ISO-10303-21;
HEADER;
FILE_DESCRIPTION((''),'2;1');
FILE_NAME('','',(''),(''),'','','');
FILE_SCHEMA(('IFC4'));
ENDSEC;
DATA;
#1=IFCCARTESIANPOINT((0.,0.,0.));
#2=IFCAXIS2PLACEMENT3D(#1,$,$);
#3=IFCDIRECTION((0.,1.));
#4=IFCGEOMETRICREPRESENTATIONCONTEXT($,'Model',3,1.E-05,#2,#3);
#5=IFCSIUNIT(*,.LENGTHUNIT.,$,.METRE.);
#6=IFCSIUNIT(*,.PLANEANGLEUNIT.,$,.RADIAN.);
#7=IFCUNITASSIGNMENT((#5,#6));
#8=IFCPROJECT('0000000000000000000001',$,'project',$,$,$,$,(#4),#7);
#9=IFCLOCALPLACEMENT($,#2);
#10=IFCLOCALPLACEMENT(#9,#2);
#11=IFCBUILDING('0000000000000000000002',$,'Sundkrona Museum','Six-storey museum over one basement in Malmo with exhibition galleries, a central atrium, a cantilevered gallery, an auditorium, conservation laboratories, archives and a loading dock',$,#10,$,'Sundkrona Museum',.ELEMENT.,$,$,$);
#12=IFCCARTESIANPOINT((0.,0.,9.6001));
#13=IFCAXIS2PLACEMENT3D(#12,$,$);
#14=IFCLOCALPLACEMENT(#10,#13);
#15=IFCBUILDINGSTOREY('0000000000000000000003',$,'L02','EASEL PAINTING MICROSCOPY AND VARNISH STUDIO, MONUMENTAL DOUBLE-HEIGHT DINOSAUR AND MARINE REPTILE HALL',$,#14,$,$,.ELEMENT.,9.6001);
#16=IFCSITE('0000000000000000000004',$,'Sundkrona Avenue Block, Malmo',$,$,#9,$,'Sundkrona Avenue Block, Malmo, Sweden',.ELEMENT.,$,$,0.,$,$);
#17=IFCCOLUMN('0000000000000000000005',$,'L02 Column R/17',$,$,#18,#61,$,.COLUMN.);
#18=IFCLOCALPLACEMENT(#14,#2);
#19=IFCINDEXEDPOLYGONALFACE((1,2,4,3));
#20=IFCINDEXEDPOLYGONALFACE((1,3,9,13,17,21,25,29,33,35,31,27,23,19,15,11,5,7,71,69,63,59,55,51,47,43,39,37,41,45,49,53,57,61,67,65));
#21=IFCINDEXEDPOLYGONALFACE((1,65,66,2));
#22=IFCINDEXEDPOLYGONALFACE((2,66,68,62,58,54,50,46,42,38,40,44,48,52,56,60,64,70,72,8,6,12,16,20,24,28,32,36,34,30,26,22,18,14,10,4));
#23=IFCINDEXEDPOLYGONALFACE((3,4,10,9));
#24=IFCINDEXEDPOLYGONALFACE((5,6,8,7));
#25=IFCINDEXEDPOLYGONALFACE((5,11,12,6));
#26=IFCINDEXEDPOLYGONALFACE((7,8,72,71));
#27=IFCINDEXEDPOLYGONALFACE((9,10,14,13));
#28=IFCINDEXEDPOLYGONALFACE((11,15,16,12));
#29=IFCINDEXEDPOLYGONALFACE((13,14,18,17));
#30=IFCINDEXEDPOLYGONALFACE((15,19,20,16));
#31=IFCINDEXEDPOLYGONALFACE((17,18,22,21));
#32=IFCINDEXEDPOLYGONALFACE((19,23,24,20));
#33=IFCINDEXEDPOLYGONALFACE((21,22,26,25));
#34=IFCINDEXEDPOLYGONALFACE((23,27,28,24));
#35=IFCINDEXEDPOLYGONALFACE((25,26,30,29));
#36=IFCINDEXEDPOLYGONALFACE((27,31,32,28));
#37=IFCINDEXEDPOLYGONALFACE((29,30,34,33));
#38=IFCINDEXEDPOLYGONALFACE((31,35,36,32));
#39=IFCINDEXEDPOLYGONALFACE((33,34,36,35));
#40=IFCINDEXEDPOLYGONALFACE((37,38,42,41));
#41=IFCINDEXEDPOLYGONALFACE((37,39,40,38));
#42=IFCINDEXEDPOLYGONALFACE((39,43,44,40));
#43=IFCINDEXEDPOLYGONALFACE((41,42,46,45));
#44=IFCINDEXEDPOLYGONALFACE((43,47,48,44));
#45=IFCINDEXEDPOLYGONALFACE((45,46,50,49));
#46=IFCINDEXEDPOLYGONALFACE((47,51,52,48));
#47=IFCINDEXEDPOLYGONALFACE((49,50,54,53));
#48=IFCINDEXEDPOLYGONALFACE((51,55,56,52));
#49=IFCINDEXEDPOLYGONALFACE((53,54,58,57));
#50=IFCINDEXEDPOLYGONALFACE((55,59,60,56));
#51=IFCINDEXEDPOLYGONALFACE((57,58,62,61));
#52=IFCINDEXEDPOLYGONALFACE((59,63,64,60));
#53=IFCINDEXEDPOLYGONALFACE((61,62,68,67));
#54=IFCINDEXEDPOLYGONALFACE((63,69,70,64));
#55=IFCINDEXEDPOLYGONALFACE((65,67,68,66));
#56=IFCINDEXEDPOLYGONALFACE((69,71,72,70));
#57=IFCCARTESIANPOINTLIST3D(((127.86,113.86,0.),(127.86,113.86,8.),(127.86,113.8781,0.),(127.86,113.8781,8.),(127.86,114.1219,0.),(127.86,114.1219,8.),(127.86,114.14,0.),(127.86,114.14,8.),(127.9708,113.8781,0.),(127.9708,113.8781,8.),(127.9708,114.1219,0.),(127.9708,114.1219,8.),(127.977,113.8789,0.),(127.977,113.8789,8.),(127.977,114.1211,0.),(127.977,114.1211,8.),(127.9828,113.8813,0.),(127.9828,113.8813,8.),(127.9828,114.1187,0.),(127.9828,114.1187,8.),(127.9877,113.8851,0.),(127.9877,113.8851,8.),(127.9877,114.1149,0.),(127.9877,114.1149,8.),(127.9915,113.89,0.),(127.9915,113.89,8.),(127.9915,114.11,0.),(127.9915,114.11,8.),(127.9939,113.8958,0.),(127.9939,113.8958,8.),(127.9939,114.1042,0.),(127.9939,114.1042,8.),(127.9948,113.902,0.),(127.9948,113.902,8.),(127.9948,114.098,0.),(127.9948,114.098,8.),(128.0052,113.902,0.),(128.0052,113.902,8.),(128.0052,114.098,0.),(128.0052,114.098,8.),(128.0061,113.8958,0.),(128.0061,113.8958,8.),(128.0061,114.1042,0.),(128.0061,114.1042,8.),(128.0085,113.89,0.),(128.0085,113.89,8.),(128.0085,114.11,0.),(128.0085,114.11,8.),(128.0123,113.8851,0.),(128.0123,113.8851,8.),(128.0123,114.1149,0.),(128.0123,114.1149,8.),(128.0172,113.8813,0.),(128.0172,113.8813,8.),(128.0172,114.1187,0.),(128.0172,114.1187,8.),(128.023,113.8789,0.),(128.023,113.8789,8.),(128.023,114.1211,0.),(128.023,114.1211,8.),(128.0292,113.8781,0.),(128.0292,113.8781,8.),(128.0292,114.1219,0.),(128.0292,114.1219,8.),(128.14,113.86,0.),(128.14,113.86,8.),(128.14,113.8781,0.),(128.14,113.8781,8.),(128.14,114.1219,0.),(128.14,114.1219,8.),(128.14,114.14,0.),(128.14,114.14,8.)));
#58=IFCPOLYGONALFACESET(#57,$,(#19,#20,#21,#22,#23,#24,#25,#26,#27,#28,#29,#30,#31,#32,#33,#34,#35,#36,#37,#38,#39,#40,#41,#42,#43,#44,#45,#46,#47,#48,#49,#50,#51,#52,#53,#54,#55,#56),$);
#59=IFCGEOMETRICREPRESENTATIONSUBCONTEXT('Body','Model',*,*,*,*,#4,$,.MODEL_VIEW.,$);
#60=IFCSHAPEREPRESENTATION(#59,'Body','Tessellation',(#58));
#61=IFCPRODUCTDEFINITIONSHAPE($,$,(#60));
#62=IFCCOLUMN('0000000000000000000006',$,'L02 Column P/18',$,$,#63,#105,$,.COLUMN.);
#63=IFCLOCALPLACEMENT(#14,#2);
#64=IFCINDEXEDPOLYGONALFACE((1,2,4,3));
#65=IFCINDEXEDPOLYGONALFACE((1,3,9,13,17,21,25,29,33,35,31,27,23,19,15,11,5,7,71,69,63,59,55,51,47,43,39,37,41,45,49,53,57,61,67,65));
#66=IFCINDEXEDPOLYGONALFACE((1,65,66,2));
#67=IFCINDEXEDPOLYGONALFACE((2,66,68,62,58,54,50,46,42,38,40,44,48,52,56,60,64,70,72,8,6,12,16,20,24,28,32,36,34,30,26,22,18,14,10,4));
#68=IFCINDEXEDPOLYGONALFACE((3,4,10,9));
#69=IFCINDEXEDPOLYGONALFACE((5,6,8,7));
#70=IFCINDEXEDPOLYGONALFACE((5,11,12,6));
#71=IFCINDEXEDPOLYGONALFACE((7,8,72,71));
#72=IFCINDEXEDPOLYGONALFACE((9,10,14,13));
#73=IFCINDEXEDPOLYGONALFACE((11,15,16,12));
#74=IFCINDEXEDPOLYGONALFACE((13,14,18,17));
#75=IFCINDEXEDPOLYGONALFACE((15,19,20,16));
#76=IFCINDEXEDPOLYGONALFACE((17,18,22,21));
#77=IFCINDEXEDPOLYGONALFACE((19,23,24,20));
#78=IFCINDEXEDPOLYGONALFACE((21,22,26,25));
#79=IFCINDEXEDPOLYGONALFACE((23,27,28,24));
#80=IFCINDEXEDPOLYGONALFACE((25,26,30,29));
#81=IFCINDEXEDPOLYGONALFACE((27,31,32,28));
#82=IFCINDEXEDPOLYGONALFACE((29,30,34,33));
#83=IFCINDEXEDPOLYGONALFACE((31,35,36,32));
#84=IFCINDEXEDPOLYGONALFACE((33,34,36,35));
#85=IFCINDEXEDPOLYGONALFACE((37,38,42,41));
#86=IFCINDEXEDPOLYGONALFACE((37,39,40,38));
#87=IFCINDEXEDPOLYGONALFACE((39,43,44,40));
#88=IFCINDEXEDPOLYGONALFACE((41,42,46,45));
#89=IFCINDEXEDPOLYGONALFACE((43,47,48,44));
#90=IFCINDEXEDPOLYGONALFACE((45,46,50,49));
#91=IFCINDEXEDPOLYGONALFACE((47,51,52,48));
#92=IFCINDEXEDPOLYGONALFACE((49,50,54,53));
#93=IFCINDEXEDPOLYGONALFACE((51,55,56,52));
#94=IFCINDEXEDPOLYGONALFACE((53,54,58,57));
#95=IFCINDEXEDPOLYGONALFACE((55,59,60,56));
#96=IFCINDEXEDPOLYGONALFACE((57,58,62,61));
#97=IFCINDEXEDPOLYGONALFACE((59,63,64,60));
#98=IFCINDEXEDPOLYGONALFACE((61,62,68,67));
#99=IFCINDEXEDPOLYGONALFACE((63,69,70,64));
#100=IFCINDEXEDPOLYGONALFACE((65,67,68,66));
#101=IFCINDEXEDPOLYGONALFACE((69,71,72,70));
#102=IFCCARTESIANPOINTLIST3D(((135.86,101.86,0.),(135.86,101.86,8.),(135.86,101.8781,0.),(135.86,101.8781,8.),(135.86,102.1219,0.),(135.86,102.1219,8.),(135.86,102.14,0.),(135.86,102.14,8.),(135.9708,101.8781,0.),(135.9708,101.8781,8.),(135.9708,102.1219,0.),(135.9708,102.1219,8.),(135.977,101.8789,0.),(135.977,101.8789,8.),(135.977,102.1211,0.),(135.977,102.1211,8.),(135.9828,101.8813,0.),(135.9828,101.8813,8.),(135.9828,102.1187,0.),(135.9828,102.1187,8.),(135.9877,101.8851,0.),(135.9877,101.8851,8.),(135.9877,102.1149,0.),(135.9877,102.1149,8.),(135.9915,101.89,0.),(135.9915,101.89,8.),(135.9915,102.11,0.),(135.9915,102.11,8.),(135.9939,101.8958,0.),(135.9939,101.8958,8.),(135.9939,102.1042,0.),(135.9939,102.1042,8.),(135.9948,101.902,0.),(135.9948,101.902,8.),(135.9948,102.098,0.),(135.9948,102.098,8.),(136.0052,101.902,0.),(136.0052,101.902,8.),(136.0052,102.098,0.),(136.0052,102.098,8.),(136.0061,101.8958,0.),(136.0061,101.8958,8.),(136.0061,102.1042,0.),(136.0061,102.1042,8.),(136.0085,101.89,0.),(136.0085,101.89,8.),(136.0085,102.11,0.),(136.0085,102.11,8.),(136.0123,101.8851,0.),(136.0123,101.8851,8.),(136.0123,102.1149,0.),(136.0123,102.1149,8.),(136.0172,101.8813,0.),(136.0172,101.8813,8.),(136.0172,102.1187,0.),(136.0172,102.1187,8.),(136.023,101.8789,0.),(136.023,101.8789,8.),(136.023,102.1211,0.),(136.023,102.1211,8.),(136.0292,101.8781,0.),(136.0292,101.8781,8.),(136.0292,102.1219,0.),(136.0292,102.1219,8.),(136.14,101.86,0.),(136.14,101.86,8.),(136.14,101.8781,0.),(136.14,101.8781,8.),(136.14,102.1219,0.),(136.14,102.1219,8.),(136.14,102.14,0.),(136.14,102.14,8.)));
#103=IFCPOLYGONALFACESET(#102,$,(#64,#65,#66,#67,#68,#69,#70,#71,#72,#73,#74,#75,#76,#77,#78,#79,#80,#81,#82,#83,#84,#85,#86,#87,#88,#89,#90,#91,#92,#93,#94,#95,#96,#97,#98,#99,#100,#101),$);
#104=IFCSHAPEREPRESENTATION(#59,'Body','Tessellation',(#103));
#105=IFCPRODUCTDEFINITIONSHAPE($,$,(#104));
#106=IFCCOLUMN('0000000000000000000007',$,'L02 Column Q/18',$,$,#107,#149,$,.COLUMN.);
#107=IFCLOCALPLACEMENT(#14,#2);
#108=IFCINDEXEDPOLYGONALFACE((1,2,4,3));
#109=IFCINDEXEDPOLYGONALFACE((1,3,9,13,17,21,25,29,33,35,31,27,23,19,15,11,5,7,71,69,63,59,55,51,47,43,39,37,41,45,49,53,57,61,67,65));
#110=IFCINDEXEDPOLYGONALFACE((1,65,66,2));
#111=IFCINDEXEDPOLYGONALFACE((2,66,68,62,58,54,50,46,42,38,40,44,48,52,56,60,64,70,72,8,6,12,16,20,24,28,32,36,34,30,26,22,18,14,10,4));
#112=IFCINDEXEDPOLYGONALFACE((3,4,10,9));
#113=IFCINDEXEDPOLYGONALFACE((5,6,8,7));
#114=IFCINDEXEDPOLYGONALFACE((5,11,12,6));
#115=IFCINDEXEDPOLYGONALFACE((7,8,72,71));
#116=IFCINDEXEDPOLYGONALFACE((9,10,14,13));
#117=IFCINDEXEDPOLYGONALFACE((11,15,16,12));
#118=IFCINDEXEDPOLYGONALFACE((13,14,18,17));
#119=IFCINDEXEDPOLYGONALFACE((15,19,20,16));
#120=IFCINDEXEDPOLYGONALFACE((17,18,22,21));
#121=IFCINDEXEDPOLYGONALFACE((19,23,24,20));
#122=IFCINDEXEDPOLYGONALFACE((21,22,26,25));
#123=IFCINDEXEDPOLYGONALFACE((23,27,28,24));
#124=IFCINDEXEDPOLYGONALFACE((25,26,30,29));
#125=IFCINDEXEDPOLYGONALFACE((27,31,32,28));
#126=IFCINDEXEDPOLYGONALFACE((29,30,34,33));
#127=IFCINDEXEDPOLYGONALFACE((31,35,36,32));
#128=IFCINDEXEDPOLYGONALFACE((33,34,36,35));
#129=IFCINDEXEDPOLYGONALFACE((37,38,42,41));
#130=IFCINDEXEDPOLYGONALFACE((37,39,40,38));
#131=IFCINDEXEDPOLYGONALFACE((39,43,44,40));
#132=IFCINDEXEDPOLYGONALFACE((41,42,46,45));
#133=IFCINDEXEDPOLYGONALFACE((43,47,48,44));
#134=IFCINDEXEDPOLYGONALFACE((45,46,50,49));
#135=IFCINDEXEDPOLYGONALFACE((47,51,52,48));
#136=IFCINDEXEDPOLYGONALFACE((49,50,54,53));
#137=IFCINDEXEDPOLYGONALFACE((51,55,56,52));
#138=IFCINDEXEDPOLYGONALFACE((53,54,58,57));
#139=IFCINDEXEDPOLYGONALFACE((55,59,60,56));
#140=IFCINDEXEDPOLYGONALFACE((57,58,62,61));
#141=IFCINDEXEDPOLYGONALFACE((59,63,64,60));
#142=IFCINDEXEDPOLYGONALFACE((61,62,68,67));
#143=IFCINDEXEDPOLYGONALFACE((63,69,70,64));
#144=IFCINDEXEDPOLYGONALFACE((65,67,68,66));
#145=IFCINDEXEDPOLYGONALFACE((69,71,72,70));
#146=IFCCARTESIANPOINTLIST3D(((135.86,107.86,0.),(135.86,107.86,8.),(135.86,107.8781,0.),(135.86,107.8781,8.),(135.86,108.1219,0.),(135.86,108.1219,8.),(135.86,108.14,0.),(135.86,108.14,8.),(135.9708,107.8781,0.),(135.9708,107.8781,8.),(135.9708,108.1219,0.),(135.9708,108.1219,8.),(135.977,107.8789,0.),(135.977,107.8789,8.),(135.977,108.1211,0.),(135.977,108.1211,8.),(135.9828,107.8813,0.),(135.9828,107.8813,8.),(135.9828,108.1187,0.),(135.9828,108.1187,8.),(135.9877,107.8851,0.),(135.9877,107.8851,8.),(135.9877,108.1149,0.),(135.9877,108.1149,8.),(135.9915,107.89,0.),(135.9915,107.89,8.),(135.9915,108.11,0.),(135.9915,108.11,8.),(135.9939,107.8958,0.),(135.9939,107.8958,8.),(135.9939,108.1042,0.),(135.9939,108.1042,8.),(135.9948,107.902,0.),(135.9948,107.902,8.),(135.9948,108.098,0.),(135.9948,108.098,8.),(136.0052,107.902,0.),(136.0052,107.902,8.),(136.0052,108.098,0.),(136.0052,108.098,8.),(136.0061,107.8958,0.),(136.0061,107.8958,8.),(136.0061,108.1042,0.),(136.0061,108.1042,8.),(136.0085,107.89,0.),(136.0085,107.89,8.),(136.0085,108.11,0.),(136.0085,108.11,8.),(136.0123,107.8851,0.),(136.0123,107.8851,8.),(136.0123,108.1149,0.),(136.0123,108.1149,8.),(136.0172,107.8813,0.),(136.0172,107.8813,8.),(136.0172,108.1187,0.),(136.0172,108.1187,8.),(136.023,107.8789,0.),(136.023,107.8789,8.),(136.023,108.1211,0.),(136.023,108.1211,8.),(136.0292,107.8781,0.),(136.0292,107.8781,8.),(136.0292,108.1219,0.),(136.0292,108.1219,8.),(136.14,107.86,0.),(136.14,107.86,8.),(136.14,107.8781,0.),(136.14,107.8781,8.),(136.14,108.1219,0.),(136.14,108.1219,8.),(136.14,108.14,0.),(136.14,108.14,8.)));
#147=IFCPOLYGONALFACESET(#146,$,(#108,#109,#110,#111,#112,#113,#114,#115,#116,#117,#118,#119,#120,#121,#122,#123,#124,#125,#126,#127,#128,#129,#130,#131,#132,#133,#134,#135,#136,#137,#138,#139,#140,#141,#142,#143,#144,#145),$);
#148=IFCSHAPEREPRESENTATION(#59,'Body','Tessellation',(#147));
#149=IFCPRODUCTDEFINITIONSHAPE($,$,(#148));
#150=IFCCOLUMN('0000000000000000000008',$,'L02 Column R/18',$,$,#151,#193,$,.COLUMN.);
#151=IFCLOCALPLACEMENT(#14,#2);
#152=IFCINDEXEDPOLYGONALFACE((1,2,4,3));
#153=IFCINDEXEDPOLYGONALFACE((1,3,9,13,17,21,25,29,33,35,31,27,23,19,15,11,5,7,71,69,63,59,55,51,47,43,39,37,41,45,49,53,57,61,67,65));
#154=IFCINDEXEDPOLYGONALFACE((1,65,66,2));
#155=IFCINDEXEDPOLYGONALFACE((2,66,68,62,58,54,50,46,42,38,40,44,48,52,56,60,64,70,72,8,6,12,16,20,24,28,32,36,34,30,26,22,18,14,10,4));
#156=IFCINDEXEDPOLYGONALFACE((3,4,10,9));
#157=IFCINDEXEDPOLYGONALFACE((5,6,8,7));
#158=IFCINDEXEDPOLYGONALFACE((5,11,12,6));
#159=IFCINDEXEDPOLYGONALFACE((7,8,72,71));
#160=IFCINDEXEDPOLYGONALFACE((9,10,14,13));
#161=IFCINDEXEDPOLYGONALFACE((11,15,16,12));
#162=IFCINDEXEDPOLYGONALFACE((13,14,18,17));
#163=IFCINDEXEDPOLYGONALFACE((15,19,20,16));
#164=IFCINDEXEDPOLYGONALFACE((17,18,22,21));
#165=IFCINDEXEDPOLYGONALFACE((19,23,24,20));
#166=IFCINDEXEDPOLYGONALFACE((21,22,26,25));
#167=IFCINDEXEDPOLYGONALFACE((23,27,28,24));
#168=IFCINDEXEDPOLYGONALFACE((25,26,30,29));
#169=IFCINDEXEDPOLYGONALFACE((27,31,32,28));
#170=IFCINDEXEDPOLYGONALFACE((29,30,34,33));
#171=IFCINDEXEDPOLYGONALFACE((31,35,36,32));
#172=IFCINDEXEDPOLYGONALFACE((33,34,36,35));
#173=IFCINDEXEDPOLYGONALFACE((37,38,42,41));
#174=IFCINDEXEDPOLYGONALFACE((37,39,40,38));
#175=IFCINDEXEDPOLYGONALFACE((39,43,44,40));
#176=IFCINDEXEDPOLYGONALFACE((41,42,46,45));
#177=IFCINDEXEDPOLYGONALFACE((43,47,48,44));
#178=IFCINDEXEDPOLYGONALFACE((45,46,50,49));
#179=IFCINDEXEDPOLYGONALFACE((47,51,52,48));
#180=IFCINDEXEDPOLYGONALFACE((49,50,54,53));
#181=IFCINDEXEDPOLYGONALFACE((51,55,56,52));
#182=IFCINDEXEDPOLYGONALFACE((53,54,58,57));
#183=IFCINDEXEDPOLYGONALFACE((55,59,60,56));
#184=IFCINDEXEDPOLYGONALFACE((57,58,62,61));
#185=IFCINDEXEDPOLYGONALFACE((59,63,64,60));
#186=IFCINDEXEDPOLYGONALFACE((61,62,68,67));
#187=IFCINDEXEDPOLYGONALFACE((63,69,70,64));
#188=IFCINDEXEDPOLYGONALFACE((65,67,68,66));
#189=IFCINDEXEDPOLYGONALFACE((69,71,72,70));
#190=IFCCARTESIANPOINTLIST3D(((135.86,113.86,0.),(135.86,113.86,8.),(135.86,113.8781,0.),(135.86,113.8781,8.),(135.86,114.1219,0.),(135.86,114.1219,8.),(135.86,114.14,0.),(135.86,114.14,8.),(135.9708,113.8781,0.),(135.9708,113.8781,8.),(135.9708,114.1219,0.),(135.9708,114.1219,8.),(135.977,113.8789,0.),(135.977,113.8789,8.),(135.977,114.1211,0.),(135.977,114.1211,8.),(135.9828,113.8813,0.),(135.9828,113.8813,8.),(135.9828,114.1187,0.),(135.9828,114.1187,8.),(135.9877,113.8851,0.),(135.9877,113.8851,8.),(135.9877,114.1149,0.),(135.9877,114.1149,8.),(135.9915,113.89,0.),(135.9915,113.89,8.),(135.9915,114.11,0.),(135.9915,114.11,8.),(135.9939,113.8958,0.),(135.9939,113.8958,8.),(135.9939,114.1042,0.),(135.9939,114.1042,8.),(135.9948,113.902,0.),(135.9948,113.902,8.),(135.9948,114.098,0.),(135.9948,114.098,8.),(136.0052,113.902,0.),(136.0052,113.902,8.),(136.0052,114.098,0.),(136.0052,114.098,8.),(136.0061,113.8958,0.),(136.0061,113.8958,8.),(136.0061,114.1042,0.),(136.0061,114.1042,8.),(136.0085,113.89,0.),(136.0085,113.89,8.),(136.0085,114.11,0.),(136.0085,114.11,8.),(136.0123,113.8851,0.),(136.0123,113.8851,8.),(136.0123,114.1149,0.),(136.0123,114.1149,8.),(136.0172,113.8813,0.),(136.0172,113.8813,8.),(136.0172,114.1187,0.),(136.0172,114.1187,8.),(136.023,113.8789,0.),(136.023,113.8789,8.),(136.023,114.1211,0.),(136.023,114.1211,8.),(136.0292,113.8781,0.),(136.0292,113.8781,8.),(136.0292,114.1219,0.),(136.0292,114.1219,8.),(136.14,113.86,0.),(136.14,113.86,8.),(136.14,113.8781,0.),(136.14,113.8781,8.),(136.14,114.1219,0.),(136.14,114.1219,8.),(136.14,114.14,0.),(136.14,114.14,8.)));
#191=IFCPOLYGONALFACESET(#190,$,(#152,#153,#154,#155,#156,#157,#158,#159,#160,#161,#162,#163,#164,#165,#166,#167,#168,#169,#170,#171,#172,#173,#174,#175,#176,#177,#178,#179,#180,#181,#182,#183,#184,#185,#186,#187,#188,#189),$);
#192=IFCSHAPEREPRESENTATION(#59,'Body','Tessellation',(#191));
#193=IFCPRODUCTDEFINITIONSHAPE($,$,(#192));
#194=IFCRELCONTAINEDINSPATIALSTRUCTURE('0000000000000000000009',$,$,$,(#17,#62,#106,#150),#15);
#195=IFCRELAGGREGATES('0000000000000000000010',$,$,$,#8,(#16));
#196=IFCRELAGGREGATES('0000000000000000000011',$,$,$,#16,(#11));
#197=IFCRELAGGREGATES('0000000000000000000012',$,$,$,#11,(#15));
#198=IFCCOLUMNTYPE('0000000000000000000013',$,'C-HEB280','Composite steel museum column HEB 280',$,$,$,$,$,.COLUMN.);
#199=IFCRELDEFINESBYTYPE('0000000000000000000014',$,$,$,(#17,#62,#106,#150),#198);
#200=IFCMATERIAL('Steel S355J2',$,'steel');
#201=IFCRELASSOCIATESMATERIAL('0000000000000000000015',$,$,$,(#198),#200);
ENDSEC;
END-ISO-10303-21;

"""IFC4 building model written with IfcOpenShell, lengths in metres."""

from ifc_helpers import new_model, si_unit, direction, frame, origin, origin_2d, place, context, subcontext, project, spatial, i_section, extrude, material, material_profile, profile_set, type_object, element, save


model = new_model("IFC4")

# Units and contexts
model_context = context("Model", 3, precision=1e-05, world=origin(), true_north=direction((0.0, 1.0)))
body_context = subcontext(model_context, "Body", "Model", "MODEL_VIEW")
ifc_project = project(units=[si_unit("LENGTHUNIT", "METRE"), si_unit("PLANEANGLEUNIT", "RADIAN")], contexts=[model_context])

# Site, building, storey
site_placement = place(None, origin())
site = spatial("IfcSite", under=ifc_project, at=site_placement, Name="Sundkrona Avenue Block, Malmo", LongName="Sundkrona Avenue Block, Malmo, Sweden", CompositionType="ELEMENT", RefElevation=0.0)
building_placement = place(site_placement, origin())
building = spatial("IfcBuilding", under=site, at=building_placement, Name="Sundkrona Museum", Description="Six-storey museum over one basement in Malmo with exhibition galleries, a central atrium, a cantilevered gallery, an auditorium, conservation laboratories, archives and a loading dock", LongName="Sundkrona Museum", CompositionType="ELEMENT")
storey_placement = place(building_placement, frame((0.0, 0.0, 9.6001)))
storey = spatial("IfcBuildingStorey", under=building, at=storey_placement, Name="L02", Description="EASEL PAINTING MICROSCOPY AND VARNISH STUDIO, MONUMENTAL DOUBLE-HEIGHT DINOSAUR AND MARINE REPTILE HALL", CompositionType="ELEMENT", Elevation=9.6001)

# Columns
ifc_material_1 = material(Name="Steel S355J2", Category="steel")
ifc_material_profile_1 = material_profile(ifc_material_1, i_section(OverallWidth=0.28, OverallDepth=0.28, WebThickness=0.0105, FlangeThickness=0.0181, FilletRadius=0.0239, at=origin_2d()), Name="HEB 280")
ifc_profile_set_1 = profile_set([ifc_material_profile_1], Name="Steel S355J2")
column_type = type_object("IfcColumnType", Name="C-HEB280", Description="Composite steel museum column HEB 280", PredefinedType="COLUMN", material=ifc_profile_set_1)
for number, where, z_axis, x_axis, name in (
    (1, (128.0, 114.0, 0.0), (0.0, 0.0, 1.0), (1.0, 0.0, 0.0), "L02 Column R/17"),
    (2, (136.0, 102.0, 0.0), (0.0, 0.0, 1.0), (1.0, 0.0, 0.0), "L02 Column P/18"),
    (3, (136.0, 108.0, 0.0), (0.0, 0.0, 1.0), (1.0, 0.0, 0.0), "L02 Column Q/18"),
    (4, (136.0, 114.0, 0.0), (0.0, 0.0, 1.0), (1.0, 0.0, 0.0), "L02 Column R/18"),
):
    element("IfcColumn", number, at=place(storey_placement, frame(where, z_axis=z_axis, x_axis=x_axis)), inside=storey, type_object=column_type, Name=name, PredefinedType="COLUMN", context=body_context, shape_type="SweptSolid", body=[
        extrude(i_section(OverallWidth=0.28, OverallDepth=0.28, WebThickness=0.0105, FlangeThickness=0.0181, FilletRadius=0.0239, at=origin_2d()), origin(), (0.0, 0.0, 1.0), 8.0),
    ])

save(model, "model.ifc")
